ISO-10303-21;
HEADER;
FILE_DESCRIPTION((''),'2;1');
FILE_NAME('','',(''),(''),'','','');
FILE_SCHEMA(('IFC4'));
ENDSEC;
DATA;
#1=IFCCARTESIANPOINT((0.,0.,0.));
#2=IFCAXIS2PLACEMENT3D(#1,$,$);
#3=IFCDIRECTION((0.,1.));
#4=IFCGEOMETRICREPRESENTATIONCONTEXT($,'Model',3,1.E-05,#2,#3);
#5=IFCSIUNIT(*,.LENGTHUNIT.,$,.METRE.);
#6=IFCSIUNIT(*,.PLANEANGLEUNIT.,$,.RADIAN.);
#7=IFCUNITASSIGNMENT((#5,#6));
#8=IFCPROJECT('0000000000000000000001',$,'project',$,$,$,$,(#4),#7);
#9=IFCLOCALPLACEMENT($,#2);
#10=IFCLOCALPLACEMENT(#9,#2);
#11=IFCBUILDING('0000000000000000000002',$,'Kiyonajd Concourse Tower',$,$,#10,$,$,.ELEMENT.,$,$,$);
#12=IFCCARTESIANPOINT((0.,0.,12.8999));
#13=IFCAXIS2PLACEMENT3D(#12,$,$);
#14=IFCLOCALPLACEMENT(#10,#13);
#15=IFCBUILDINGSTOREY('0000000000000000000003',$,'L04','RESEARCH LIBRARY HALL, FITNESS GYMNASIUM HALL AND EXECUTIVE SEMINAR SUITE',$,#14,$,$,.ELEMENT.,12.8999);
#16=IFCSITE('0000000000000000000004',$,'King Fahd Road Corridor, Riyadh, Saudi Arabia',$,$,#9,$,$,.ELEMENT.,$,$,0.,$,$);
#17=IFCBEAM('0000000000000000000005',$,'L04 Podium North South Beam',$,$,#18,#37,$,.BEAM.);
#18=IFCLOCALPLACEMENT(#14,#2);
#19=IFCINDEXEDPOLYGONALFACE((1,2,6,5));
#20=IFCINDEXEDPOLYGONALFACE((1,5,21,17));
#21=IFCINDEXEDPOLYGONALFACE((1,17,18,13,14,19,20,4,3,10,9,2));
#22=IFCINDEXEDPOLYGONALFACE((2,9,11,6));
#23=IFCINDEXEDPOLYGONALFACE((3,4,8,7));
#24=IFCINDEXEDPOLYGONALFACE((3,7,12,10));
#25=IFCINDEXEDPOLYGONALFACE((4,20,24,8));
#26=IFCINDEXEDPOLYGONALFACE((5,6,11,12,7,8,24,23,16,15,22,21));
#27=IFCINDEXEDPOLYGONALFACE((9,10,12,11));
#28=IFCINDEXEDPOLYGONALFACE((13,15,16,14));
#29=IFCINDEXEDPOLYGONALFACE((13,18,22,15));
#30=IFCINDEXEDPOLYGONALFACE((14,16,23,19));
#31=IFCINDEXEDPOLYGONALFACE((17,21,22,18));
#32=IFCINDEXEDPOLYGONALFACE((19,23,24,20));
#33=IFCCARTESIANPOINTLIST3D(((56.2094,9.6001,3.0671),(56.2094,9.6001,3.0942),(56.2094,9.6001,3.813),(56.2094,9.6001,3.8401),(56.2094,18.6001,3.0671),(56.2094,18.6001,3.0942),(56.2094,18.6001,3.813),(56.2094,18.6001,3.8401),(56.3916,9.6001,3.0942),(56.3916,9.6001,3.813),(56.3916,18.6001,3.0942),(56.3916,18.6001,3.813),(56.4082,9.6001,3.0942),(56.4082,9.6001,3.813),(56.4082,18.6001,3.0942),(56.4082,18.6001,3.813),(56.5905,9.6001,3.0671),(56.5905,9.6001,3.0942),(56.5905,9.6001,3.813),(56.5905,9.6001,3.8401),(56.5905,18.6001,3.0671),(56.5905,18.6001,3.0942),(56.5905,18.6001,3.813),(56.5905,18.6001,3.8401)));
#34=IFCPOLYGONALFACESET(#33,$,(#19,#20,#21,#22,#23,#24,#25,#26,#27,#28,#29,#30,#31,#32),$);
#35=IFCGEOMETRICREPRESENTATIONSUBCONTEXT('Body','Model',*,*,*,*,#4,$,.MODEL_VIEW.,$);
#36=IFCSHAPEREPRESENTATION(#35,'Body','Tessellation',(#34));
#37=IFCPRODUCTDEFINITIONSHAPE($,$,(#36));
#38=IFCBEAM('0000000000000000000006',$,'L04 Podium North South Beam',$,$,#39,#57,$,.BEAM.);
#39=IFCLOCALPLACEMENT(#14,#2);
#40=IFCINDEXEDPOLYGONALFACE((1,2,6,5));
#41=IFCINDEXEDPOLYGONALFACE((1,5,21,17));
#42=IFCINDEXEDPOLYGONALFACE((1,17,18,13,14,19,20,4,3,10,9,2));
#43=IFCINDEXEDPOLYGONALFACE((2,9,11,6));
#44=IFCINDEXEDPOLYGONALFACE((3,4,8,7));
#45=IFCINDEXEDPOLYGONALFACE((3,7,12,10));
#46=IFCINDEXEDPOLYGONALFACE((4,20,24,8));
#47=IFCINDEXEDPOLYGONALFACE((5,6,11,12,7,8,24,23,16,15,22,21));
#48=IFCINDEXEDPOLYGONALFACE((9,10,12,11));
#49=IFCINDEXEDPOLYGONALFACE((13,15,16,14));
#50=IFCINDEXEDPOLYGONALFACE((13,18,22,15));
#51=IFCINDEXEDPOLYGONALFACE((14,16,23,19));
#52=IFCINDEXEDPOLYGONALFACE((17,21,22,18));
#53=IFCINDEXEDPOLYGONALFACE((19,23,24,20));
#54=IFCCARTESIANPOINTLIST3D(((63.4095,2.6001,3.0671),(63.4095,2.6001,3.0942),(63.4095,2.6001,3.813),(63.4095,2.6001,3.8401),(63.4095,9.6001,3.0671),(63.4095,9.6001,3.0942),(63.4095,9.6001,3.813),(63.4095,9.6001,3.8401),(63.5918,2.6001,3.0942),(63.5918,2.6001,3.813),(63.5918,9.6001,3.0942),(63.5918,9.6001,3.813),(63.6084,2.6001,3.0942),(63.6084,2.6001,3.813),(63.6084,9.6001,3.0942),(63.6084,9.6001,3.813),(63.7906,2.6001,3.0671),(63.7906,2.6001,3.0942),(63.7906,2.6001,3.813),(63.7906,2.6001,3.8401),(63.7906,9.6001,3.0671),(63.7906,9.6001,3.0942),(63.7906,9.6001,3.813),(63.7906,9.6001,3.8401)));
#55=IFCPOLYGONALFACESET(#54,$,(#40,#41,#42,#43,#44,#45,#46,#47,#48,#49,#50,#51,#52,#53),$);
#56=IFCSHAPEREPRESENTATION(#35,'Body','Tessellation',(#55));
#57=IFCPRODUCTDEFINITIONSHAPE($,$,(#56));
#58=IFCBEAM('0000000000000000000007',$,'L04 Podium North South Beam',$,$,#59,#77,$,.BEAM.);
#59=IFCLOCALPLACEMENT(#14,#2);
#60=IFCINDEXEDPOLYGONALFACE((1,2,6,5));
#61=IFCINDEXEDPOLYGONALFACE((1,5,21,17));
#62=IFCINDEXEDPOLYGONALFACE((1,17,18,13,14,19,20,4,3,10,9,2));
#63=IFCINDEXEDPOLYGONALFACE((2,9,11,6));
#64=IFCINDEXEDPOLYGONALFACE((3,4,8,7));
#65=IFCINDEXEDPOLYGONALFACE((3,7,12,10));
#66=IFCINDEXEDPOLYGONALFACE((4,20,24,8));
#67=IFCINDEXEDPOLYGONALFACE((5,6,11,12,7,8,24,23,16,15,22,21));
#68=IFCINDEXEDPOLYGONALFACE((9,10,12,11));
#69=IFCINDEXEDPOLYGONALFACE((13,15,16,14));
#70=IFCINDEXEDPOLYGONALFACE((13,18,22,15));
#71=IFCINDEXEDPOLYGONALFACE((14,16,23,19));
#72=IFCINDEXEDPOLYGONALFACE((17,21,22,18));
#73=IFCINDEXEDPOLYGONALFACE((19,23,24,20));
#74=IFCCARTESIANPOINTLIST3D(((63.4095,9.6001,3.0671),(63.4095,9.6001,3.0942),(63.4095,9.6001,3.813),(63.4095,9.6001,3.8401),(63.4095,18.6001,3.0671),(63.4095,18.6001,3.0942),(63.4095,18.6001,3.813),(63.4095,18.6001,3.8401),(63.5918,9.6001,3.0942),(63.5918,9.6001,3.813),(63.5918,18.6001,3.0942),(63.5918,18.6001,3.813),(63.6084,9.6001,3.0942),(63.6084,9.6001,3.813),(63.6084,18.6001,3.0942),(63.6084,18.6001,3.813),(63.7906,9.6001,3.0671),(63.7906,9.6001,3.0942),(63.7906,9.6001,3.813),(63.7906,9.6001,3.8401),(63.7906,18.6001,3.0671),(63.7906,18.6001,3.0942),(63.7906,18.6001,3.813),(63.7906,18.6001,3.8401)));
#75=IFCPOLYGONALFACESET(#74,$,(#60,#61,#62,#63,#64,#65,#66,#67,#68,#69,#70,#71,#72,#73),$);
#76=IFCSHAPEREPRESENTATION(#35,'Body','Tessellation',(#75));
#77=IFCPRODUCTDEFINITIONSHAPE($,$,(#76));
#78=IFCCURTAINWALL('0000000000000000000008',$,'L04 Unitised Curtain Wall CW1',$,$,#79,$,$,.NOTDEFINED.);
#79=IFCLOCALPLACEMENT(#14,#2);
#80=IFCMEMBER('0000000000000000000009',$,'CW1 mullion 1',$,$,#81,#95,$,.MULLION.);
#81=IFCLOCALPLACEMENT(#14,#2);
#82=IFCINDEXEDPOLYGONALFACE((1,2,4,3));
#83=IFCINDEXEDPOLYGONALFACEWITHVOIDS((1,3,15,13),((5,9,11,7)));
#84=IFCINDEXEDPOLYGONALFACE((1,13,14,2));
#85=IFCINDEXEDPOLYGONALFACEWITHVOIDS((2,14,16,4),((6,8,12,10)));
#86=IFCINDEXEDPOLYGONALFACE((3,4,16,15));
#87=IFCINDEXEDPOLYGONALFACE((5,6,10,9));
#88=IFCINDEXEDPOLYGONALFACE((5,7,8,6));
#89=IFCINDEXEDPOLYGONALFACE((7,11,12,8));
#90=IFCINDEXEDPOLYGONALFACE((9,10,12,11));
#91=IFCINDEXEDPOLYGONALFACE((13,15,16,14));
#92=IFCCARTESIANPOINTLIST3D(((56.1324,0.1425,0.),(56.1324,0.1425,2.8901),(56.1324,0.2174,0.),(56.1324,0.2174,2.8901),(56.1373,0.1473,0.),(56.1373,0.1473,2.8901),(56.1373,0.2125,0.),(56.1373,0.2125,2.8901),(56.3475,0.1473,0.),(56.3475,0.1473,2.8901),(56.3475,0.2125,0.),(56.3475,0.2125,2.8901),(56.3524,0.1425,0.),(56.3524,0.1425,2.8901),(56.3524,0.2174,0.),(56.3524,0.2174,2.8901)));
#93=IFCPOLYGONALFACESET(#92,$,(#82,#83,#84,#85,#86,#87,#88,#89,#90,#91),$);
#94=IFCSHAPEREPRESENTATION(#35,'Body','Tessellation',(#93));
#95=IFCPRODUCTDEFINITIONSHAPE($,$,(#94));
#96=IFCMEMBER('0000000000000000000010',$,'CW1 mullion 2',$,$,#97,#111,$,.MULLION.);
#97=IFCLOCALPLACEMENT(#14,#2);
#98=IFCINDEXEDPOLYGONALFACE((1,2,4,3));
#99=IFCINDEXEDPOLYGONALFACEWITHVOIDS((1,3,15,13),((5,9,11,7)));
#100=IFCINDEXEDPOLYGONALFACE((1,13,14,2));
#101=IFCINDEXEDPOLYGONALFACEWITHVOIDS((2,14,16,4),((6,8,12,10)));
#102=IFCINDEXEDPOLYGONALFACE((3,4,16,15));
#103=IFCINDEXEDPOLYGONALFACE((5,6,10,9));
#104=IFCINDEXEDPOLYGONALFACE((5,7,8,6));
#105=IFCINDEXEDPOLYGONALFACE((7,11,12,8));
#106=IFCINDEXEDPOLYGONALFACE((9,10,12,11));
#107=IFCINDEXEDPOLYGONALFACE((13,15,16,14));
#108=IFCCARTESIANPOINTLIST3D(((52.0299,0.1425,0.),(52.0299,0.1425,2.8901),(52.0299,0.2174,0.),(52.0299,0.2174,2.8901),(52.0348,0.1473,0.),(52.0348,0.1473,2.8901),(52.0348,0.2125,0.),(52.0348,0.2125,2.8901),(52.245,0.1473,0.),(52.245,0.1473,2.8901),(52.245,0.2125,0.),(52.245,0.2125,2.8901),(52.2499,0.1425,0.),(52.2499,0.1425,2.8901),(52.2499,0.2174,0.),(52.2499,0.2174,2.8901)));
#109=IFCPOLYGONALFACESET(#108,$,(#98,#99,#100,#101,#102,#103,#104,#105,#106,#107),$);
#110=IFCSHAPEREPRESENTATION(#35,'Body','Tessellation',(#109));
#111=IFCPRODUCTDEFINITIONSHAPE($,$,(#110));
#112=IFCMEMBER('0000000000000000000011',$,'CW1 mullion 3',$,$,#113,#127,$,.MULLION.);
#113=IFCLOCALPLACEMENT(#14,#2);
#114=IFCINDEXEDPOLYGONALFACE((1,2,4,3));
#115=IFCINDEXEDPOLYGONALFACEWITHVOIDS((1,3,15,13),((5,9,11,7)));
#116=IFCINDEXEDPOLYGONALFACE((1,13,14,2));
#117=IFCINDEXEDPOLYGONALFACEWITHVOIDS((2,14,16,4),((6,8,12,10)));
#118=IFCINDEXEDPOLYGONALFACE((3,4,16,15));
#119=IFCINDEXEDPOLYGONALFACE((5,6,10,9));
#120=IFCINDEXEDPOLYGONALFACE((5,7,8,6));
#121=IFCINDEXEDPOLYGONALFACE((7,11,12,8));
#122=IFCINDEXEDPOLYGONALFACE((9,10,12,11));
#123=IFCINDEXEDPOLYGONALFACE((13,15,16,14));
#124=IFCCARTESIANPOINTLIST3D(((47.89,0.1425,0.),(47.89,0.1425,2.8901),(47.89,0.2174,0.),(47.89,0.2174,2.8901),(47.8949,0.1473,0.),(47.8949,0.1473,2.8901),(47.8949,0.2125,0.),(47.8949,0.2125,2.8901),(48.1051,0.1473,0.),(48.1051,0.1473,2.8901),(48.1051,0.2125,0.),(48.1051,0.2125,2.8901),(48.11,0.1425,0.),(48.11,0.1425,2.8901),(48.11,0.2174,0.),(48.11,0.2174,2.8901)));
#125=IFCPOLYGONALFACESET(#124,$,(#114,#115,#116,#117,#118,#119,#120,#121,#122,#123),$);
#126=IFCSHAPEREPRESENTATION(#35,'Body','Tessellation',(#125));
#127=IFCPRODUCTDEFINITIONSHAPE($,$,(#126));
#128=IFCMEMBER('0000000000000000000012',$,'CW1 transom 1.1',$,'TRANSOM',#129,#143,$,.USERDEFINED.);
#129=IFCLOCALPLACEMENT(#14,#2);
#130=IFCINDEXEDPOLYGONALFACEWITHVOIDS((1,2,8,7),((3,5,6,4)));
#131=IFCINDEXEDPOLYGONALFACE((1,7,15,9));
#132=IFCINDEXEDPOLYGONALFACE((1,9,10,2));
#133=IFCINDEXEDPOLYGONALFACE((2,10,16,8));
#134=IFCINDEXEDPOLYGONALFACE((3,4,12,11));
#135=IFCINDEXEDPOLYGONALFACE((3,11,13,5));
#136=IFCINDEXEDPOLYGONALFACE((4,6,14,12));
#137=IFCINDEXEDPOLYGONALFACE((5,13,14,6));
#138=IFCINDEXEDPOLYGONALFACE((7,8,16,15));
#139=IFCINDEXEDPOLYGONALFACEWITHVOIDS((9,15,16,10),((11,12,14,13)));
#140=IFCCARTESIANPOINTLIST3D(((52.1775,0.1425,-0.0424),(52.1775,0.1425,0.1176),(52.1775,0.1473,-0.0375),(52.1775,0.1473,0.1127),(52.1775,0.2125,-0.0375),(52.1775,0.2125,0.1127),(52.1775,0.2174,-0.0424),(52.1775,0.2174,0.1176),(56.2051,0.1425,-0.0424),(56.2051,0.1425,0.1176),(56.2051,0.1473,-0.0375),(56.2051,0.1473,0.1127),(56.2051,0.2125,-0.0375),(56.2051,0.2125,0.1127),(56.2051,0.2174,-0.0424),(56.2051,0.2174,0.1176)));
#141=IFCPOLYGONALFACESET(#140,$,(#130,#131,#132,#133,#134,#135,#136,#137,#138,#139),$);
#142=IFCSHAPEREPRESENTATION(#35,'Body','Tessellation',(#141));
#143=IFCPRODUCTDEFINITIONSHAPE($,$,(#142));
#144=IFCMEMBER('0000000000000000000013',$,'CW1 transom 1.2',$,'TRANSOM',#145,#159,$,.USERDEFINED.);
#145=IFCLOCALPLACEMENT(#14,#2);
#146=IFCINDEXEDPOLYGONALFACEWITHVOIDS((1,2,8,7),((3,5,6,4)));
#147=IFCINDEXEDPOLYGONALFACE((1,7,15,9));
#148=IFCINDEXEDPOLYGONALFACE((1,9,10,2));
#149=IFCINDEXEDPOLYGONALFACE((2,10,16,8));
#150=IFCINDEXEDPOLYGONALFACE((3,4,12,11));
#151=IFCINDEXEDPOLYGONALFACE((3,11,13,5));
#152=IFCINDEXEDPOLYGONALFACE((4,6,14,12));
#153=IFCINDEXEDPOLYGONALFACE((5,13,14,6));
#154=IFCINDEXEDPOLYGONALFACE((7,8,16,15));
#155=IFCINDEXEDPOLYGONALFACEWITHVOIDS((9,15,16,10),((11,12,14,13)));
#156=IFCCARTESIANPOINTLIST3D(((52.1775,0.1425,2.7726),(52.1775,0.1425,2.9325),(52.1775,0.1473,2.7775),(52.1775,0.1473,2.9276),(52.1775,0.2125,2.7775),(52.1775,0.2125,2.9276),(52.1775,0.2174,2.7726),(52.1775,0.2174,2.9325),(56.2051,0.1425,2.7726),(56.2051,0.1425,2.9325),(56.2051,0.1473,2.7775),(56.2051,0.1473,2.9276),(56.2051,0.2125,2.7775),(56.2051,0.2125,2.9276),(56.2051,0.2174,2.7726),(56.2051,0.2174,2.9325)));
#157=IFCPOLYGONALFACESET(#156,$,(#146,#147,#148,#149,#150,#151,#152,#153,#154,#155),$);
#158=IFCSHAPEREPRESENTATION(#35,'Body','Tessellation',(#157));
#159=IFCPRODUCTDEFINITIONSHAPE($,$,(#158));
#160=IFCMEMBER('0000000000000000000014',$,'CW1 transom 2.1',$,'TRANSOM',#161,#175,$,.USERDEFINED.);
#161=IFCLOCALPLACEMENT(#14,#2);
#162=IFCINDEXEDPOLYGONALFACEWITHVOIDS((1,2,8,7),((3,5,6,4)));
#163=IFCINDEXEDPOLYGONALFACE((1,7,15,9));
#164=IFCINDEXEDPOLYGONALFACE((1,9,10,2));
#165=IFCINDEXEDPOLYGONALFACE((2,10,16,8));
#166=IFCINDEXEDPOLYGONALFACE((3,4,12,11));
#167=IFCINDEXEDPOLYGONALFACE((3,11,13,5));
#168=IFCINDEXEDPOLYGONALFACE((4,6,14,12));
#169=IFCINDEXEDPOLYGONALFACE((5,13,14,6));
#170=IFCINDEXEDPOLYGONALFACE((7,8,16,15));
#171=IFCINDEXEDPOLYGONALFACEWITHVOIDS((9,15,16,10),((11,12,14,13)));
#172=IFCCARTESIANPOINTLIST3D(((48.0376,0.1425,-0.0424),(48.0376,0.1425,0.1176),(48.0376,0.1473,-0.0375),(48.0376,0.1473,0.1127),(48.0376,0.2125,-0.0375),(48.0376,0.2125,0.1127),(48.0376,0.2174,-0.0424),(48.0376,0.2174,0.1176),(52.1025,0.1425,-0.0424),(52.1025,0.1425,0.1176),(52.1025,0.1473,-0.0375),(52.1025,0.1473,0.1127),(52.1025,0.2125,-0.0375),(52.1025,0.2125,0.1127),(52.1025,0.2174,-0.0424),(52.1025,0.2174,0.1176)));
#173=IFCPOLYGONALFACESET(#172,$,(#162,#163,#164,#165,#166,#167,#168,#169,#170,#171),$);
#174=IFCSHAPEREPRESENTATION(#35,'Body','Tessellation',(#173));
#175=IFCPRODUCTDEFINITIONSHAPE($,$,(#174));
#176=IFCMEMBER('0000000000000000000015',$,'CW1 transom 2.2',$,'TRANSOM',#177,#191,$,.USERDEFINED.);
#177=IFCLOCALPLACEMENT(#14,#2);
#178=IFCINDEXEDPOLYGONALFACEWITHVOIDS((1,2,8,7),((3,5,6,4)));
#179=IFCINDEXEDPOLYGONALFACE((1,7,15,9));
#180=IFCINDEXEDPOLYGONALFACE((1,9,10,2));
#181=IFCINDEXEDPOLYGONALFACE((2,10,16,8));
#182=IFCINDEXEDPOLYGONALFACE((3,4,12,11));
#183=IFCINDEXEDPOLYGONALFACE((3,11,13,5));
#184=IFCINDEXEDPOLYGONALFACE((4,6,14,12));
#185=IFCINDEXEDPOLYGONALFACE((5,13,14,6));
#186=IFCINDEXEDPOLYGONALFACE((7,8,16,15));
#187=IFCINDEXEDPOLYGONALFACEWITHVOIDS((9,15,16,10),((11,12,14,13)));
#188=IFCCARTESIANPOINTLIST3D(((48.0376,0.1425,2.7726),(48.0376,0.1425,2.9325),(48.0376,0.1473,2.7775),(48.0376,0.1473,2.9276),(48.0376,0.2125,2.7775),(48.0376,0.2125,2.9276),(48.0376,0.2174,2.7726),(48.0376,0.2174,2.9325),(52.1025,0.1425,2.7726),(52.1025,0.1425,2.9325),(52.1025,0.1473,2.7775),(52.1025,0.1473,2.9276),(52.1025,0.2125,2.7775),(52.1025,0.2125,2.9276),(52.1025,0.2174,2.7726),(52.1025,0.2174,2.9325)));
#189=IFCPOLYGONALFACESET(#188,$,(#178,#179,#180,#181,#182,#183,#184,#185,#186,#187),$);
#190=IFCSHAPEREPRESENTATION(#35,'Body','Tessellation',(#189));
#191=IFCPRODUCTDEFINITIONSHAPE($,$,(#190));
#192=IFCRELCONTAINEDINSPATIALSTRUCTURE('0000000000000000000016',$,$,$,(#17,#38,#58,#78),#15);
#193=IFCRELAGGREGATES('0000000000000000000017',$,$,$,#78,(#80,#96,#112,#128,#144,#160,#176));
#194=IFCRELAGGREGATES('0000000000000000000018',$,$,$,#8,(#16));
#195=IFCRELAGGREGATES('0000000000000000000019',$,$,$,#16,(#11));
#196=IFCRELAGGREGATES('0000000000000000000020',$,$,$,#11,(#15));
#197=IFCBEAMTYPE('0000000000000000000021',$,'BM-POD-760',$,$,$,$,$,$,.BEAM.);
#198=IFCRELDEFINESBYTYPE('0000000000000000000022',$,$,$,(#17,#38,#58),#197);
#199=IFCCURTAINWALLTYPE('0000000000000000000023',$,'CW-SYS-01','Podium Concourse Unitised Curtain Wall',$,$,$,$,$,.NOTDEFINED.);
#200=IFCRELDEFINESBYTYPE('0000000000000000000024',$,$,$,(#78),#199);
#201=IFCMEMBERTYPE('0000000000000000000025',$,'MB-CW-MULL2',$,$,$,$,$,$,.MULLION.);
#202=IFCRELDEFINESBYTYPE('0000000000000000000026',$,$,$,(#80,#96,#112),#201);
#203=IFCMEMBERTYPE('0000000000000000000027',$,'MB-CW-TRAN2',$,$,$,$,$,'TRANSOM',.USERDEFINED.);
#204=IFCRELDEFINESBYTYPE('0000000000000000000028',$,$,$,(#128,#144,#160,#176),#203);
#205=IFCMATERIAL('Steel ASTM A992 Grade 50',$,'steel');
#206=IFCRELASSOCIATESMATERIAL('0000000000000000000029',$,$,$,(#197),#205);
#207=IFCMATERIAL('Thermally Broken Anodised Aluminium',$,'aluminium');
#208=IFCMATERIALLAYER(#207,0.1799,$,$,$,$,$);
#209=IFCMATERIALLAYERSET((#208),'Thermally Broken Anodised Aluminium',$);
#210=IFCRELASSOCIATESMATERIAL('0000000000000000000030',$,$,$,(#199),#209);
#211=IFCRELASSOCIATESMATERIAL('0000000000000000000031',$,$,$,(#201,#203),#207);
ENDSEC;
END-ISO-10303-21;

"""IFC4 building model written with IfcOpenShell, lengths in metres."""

from ifc_helpers import new_model, si_unit, direction, frame, origin, origin_2d, place, context, subcontext, project, spatial, hollow_rectangle, i_section, extrude, material, layer, layer_set, material_profile, profile_set, type_object, element, aggregate, save


model = new_model("IFC4")

# Units and contexts
model_context = context("Model", 3, precision=1e-05, world=origin(), true_north=direction((0.0, 1.0)))
body_context = subcontext(model_context, "Body", "Model", "MODEL_VIEW")
ifc_project = project(units=[si_unit("LENGTHUNIT", "METRE"), si_unit("PLANEANGLEUNIT", "RADIAN")], contexts=[model_context])

# Site, building, storey
site_placement = place(None, origin())
site = spatial("IfcSite", under=ifc_project, at=site_placement, Name="King Fahd Road Corridor, Riyadh, Saudi Arabia", CompositionType="ELEMENT", RefElevation=0.0)
building_placement = place(site_placement, origin())
building = spatial("IfcBuilding", under=site, at=building_placement, Name="Kiyonajd Concourse Tower", CompositionType="ELEMENT")
storey_placement = place(building_placement, frame((0.0, 0.0, 12.8999)))
storey = spatial("IfcBuildingStorey", under=building, at=storey_placement, Name="L04", Description="RESEARCH LIBRARY HALL, FITNESS GYMNASIUM HALL AND EXECUTIVE SEMINAR SUITE", CompositionType="ELEMENT", Elevation=12.8999)

# Beams
ifc_material_1 = material(Name="Steel ASTM A992 Grade 50", Category="steel")
ifc_material_profile_1 = material_profile(ifc_material_1, i_section(OverallWidth=0.3811, OverallDepth=0.7729, WebThickness=0.0166, FlangeThickness=0.0271, at=origin_2d()), Name="W760X257")
ifc_profile_set_1 = profile_set([ifc_material_profile_1], Name="Steel ASTM A992 Grade 50")
beam_type = type_object("IfcBeamType", Name="BM-POD-760", PredefinedType="BEAM", material=ifc_profile_set_1)
beam_1_placement = place(storey_placement, frame((56.3999, 9.6001, 3.4536), z_axis=(0.0, 1.0, 0.0), x_axis=(-1.0, 0.0, 0.0)))
element("IfcBeam", 1, at=beam_1_placement, inside=storey, type_object=beam_type, Name="L04 Podium North South Beam", PredefinedType="BEAM", context=body_context, shape_type="SweptSolid", body=[
    extrude(i_section(OverallWidth=0.3811, OverallDepth=0.7729, WebThickness=0.0166, FlangeThickness=0.0271, at=origin_2d()), origin(), (0.0, 0.0, 1.0), 9.0),
])
beam_2_placement = place(storey_placement, frame((63.6001, 2.6001, 3.4536), z_axis=(0.0, 1.0, 0.0), x_axis=(-1.0, 0.0, 0.0)))
element("IfcBeam", 2, at=beam_2_placement, inside=storey, type_object=beam_type, Name="L04 Podium North South Beam", PredefinedType="BEAM", context=body_context, shape_type="SweptSolid", body=[
    extrude(i_section(OverallWidth=0.3811, OverallDepth=0.7729, WebThickness=0.0166, FlangeThickness=0.0271, at=origin_2d()), origin(), (0.0, 0.0, 1.0), 7.0),
])
beam_3_placement = place(storey_placement, frame((63.6001, 9.6001, 3.4536), z_axis=(0.0, 1.0, 0.0), x_axis=(-1.0, 0.0, 0.0)))
element("IfcBeam", 3, at=beam_3_placement, inside=storey, type_object=beam_type, Name="L04 Podium North South Beam", PredefinedType="BEAM", context=body_context, shape_type="SweptSolid", body=[
    extrude(i_section(OverallWidth=0.3811, OverallDepth=0.7729, WebThickness=0.0166, FlangeThickness=0.0271, at=origin_2d()), origin(), (0.0, 0.0, 1.0), 9.0),
])

# Curtain wall, members
ifc_material_2 = material(Name="Thermally Broken Anodised Aluminium", Category="aluminium")
ifc_layer_1 = layer(ifc_material_2, 0.1799)
ifc_layer_set_1 = layer_set([ifc_layer_1], Name="Thermally Broken Anodised Aluminium")
curtain_wall_type = type_object("IfcCurtainWallType", Name="CW-SYS-01", Description="Podium Concourse Unitised Curtain Wall", PredefinedType="NOTDEFINED", material=ifc_layer_set_1)
curtain_wall_placement = place(storey_placement, origin())
curtain_wall = element("IfcCurtainWall", 4, at=curtain_wall_placement, inside=storey, type_object=curtain_wall_type, Name="L04 Unitised Curtain Wall CW1", PredefinedType="NOTDEFINED")
ifc_material_profile_2 = material_profile(ifc_material_2, hollow_rectangle(XDim=0.075, YDim=0.22, WallThickness=0.0049, at=origin_2d()), Name="MULL-75x220")
ifc_profile_set_2 = profile_set([ifc_material_profile_2], Name="Thermally Broken Anodised Aluminium")
member_type_1 = type_object("IfcMemberType", Name="MB-CW-MULL2", PredefinedType="MULLION", material=ifc_profile_set_2)
member_1_placement = place(storey_placement, frame((56.2424, 0.1799, 0.0), z_axis=(0.0, 0.0, 1.0), x_axis=(0.0, -1.0, 0.0)))
member_1 = element("IfcMember", 5, at=member_1_placement, type_object=member_type_1, Name="CW1 mullion 1", PredefinedType="MULLION", context=body_context, shape_type="SweptSolid", body=[
    extrude(hollow_rectangle(XDim=0.075, YDim=0.22, WallThickness=0.0049, at=origin_2d()), origin(), (0.0, 0.0, 1.0), 2.8901),
])
member_2_placement = place(storey_placement, frame((52.1399, 0.1799, 0.0), z_axis=(0.0, 0.0, 1.0), x_axis=(0.0, -1.0, 0.0)))
member_2 = element("IfcMember", 6, at=member_2_placement, type_object=member_type_1, Name="CW1 mullion 2", PredefinedType="MULLION", context=body_context, shape_type="SweptSolid", body=[
    extrude(hollow_rectangle(XDim=0.075, YDim=0.22, WallThickness=0.0049, at=origin_2d()), origin(), (0.0, 0.0, 1.0), 2.8901),
])
member_3_placement = place(storey_placement, frame((48.0, 0.1799, 0.0), z_axis=(0.0, 0.0, 1.0), x_axis=(0.0, -1.0, 0.0)))
member_3 = element("IfcMember", 7, at=member_3_placement, type_object=member_type_1, Name="CW1 mullion 3", PredefinedType="MULLION", context=body_context, shape_type="SweptSolid", body=[
    extrude(hollow_rectangle(XDim=0.075, YDim=0.22, WallThickness=0.0049, at=origin_2d()), origin(), (0.0, 0.0, 1.0), 2.8901),
])
ifc_material_profile_3 = material_profile(ifc_material_2, hollow_rectangle(XDim=0.075, YDim=0.1599, WallThickness=0.0049, at=origin_2d()), Name="TRAN-75x160")
ifc_profile_set_3 = profile_set([ifc_material_profile_3], Name="Thermally Broken Anodised Aluminium")
member_type_2 = type_object("IfcMemberType", Name="MB-CW-TRAN2", ElementType="TRANSOM", PredefinedType="USERDEFINED", material=ifc_profile_set_3)
member_4_placement = place(storey_placement, frame((56.2051, 0.1799, 0.0376), z_axis=(-1.0, 0.0, 0.0), x_axis=(0.0, -1.0, 0.0)))
member_4 = element("IfcMember", 8, at=member_4_placement, type_object=member_type_2, Name="CW1 transom 1.1", ObjectType="TRANSOM", PredefinedType="USERDEFINED", context=body_context, shape_type="SweptSolid", body=[
    extrude(hollow_rectangle(XDim=0.075, YDim=0.1599, WallThickness=0.0049, at=origin_2d()), origin(), (0.0, 0.0, 1.0), 4.0276),
])
member_5_placement = place(storey_placement, frame((56.2051, 0.1799, 2.8525), z_axis=(-1.0, 0.0, 0.0), x_axis=(0.0, -1.0, 0.0)))
member_5 = element("IfcMember", 9, at=member_5_placement, type_object=member_type_2, Name="CW1 transom 1.2", ObjectType="TRANSOM", PredefinedType="USERDEFINED", context=body_context, shape_type="SweptSolid", body=[
    extrude(hollow_rectangle(XDim=0.075, YDim=0.1599, WallThickness=0.0049, at=origin_2d()), origin(), (0.0, 0.0, 1.0), 4.0276),
])
member_6_placement = place(storey_placement, frame((52.1025, 0.1799, 0.0376), z_axis=(-1.0, 0.0, 0.0), x_axis=(0.0, -1.0, 0.0)))
member_6 = element("IfcMember", 10, at=member_6_placement, type_object=member_type_2, Name="CW1 transom 2.1", ObjectType="TRANSOM", PredefinedType="USERDEFINED", context=body_context, shape_type="SweptSolid", body=[
    extrude(hollow_rectangle(XDim=0.075, YDim=0.1599, WallThickness=0.0049, at=origin_2d()), origin(), (0.0, 0.0, 1.0), 4.0649),
])
member_7_placement = place(storey_placement, frame((52.1025, 0.1799, 2.8525), z_axis=(-1.0, 0.0, 0.0), x_axis=(0.0, -1.0, 0.0)))
member_7 = element("IfcMember", 11, at=member_7_placement, type_object=member_type_2, Name="CW1 transom 2.2", ObjectType="TRANSOM", PredefinedType="USERDEFINED", context=body_context, shape_type="SweptSolid", body=[
    extrude(hollow_rectangle(XDim=0.075, YDim=0.1599, WallThickness=0.0049, at=origin_2d()), origin(), (0.0, 0.0, 1.0), 4.0649),
])
aggregate(curtain_wall, [member_1, member_2, member_3, member_4, member_5, member_6, member_7])

save(model, "model.ifc")
